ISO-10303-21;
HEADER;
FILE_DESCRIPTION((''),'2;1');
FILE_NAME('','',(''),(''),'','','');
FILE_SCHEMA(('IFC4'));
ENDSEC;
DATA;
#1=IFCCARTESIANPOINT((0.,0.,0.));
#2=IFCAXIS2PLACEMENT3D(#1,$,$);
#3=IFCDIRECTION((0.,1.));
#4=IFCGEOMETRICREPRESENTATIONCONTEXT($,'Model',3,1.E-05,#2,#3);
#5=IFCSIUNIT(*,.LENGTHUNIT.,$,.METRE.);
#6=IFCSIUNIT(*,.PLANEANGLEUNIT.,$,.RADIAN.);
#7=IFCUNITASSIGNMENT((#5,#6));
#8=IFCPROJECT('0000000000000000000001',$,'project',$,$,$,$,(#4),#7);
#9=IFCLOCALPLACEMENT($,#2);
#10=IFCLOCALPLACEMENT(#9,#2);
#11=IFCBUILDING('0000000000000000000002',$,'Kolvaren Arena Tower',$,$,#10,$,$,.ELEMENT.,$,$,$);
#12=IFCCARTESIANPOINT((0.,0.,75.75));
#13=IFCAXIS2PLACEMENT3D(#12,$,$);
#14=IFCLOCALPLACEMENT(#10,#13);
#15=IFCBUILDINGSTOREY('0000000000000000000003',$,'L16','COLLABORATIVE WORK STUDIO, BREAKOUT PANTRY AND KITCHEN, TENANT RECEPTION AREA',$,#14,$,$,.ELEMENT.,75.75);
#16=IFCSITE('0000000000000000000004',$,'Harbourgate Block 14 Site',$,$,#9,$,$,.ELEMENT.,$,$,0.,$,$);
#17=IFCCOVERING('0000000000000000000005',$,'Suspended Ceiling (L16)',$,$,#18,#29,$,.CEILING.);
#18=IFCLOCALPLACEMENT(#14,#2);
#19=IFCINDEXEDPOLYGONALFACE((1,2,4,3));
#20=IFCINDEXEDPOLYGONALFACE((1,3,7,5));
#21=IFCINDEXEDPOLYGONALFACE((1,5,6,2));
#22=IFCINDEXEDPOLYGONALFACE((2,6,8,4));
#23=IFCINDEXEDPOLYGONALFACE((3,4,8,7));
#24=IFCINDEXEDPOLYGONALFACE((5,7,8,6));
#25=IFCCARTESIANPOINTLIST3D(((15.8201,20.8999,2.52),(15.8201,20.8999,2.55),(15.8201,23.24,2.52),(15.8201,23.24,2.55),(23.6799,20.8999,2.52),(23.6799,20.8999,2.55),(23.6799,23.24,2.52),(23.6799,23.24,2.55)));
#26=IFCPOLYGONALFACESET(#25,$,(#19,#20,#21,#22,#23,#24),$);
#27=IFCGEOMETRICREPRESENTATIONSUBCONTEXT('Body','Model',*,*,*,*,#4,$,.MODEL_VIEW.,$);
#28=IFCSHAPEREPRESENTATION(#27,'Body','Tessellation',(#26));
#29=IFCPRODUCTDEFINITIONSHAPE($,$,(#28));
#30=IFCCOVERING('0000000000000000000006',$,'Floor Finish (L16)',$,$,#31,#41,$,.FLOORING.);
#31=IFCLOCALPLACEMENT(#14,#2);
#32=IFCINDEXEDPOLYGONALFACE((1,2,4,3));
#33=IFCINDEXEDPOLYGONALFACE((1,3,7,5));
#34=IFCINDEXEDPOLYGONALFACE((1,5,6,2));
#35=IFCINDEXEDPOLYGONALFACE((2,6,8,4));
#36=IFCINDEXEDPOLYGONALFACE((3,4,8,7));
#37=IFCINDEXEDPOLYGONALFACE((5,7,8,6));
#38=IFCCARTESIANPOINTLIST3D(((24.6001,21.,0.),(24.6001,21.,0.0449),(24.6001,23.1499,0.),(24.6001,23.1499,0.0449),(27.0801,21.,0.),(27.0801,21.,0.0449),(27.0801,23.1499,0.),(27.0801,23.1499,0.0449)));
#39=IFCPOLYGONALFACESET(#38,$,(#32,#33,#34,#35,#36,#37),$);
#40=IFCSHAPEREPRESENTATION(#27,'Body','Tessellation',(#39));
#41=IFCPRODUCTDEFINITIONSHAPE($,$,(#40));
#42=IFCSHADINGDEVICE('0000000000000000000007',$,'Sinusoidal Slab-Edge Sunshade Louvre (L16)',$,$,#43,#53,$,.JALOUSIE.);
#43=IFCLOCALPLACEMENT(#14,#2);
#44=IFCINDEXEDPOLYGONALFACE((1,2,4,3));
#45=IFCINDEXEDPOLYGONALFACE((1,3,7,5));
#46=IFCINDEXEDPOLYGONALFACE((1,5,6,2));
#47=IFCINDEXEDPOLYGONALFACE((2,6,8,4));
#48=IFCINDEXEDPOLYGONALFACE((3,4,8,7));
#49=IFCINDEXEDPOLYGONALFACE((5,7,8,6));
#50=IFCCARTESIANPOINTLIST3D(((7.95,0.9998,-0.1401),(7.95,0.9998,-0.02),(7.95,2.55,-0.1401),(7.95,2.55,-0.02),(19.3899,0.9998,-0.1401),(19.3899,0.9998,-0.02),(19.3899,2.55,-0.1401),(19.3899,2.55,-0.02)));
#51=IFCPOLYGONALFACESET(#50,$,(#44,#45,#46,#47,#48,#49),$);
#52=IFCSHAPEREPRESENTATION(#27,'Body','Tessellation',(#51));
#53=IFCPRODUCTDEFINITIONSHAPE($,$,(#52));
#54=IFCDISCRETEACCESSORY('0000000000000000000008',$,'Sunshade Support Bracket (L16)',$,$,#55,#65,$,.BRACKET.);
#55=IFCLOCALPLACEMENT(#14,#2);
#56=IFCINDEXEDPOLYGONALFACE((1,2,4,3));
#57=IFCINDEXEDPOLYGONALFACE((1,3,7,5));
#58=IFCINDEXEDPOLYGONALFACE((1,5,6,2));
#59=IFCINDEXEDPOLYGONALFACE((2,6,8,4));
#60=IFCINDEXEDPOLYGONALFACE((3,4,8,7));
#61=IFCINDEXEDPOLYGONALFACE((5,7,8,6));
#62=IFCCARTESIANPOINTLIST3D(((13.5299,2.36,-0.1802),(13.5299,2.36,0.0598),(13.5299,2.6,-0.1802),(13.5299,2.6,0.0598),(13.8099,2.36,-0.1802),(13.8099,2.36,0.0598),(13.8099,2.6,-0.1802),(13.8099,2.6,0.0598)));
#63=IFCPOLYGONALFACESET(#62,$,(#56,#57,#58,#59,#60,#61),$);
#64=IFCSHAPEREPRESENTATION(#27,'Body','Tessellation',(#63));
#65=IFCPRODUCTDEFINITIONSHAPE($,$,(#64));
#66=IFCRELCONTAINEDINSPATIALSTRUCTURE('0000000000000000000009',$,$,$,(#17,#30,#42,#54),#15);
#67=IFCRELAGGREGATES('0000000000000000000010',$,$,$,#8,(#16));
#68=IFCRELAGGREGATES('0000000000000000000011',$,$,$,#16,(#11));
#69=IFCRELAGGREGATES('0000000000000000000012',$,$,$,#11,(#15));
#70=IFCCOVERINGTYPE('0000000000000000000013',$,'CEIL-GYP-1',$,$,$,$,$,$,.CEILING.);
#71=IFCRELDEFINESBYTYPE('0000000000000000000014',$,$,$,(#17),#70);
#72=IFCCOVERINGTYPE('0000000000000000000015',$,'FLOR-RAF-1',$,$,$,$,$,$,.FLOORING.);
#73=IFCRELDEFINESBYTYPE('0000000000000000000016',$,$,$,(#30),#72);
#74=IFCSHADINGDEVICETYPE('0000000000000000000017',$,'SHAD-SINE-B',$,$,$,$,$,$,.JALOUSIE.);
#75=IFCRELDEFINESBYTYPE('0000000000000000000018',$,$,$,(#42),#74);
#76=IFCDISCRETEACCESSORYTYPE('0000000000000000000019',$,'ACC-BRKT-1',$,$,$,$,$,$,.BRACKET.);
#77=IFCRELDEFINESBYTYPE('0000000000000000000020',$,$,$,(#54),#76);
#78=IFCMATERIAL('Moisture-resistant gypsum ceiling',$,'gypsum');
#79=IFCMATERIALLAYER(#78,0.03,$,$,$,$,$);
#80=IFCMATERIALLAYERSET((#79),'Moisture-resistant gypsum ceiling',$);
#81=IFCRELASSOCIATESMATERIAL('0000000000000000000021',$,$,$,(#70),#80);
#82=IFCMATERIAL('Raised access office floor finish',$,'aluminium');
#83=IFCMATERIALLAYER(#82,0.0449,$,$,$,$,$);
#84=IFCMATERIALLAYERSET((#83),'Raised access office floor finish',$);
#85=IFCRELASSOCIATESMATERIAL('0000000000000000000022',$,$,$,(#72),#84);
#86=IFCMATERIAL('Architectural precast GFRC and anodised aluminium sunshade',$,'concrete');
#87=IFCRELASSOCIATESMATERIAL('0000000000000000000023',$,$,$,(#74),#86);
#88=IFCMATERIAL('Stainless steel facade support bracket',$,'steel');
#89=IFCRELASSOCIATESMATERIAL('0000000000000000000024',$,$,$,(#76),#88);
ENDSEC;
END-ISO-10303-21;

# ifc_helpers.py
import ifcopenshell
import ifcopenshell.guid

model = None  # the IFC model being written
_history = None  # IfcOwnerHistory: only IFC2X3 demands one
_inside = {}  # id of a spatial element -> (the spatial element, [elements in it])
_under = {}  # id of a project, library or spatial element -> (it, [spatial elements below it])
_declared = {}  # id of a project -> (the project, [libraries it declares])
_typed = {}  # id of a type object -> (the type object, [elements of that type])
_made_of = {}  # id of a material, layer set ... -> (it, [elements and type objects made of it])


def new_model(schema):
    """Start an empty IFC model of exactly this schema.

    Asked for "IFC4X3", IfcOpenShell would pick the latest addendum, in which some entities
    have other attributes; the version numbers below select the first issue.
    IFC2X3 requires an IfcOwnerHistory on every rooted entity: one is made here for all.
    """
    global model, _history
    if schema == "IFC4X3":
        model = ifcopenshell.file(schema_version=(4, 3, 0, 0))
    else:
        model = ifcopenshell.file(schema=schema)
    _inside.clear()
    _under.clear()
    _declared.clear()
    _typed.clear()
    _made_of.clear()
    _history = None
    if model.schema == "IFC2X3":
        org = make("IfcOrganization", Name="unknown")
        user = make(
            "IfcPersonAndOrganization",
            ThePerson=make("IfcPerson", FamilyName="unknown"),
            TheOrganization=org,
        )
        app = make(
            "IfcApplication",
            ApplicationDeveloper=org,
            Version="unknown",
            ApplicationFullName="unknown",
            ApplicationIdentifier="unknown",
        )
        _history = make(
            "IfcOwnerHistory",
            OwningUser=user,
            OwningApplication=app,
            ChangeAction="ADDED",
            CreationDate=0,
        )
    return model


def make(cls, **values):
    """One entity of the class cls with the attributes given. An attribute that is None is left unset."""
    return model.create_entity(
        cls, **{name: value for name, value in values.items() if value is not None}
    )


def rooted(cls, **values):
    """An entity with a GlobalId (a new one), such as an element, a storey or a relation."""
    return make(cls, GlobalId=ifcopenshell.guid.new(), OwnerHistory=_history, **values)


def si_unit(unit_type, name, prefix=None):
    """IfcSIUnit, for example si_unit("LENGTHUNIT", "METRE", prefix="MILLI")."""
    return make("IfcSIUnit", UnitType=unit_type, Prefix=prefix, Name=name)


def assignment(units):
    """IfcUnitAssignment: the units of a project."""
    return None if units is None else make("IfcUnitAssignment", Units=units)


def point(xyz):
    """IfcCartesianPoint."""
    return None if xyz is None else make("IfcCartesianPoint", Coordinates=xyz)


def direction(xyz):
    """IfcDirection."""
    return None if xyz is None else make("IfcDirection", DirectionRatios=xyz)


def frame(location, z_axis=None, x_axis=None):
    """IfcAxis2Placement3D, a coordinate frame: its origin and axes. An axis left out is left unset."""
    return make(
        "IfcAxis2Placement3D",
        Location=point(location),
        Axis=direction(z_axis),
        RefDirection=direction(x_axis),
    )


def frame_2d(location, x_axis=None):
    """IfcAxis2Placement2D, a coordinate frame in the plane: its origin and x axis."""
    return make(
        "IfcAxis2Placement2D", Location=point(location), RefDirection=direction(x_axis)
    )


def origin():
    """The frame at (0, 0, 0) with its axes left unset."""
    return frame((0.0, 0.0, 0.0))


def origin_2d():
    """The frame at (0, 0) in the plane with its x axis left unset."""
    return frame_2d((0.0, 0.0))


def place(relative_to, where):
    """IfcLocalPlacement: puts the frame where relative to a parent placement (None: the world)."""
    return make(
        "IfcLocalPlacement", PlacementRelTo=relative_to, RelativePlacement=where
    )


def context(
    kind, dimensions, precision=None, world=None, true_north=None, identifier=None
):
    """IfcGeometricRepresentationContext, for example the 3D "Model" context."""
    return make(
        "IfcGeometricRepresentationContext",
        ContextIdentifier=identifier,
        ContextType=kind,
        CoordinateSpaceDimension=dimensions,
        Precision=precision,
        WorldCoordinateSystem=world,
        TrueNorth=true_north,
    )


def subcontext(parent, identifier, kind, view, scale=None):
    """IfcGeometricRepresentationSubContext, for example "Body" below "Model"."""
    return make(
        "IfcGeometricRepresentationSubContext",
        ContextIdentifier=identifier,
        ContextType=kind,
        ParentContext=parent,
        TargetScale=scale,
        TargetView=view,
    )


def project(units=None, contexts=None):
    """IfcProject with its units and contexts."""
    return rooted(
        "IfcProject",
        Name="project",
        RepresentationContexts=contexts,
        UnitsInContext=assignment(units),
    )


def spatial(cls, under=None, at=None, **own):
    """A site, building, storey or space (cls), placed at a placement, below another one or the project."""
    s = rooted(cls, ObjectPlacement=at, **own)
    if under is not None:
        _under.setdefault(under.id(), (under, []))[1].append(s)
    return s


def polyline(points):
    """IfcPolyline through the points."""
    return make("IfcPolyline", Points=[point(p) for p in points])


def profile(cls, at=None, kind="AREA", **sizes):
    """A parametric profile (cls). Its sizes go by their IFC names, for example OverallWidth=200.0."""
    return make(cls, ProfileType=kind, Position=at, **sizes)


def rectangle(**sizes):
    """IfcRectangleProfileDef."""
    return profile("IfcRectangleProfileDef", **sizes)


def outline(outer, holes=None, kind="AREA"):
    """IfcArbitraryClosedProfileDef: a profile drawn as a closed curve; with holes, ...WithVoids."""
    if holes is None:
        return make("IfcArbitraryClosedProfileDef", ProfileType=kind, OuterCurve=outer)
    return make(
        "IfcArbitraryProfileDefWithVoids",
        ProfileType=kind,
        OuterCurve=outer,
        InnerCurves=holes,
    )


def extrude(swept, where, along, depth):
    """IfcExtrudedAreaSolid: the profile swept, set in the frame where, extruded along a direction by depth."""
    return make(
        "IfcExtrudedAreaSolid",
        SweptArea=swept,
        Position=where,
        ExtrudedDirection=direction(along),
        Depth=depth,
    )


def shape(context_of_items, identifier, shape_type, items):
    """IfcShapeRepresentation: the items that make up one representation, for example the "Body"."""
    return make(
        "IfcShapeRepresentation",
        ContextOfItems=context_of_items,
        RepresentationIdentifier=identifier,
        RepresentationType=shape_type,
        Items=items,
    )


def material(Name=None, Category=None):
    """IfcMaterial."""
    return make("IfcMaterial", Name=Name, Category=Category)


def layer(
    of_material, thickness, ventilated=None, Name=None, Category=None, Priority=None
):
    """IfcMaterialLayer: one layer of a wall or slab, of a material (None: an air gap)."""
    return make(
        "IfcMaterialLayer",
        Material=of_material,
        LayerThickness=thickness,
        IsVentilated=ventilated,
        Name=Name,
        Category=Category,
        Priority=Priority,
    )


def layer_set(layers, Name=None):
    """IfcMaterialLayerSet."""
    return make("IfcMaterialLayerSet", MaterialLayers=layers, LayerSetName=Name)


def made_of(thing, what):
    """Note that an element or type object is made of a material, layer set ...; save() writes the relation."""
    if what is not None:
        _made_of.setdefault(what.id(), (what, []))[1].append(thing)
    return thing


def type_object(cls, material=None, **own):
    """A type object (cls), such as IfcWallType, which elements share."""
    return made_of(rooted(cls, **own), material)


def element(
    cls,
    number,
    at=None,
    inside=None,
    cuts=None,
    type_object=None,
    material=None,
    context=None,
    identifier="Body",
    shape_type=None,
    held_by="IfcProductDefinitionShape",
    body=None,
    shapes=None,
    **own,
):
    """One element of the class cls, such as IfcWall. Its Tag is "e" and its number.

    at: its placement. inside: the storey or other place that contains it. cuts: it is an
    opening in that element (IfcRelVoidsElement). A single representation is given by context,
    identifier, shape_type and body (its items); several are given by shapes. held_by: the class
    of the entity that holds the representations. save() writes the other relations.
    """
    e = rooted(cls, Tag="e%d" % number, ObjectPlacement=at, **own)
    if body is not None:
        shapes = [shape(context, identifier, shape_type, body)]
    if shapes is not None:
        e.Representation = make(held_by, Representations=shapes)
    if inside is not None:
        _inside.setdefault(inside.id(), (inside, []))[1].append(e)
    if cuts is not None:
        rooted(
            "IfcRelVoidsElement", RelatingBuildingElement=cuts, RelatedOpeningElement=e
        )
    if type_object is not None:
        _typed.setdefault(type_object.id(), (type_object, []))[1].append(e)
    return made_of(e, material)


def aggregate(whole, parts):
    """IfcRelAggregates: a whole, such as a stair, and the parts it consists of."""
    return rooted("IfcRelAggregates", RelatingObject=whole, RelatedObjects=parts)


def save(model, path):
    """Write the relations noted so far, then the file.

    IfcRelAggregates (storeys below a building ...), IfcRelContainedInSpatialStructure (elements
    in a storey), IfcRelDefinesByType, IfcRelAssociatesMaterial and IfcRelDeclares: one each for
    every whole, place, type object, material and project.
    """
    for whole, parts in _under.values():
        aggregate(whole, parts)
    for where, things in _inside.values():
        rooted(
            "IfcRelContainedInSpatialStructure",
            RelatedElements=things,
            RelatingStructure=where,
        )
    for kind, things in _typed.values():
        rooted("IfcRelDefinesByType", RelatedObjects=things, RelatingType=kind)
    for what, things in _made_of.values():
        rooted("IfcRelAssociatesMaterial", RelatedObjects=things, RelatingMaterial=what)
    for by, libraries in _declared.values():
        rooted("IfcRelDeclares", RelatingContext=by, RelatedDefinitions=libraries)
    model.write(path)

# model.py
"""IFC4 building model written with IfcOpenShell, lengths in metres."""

from ifc_helpers import new_model, si_unit, direction, frame, origin, origin_2d, place, context, subcontext, project, spatial, polyline, rectangle, outline, extrude, material, layer, layer_set, type_object, element, save


model = new_model("IFC4")

# Units and contexts
model_context = context("Model", 3, precision=1e-05, world=origin(), true_north=direction((0.0, 1.0)))
body_context = subcontext(model_context, "Body", "Model", "MODEL_VIEW")
ifc_project = project(units=[si_unit("LENGTHUNIT", "METRE"), si_unit("PLANEANGLEUNIT", "RADIAN")], contexts=[model_context])

# Site, building, storey
site_placement = place(None, origin())
site = spatial("IfcSite", under=ifc_project, at=site_placement, Name="Harbourgate Block 14 Site", CompositionType="ELEMENT", RefElevation=0.0)
building_placement = place(site_placement, origin())
building = spatial("IfcBuilding", under=site, at=building_placement, Name="Kolvaren Arena Tower", CompositionType="ELEMENT")
storey_placement = place(building_placement, frame((0.0, 0.0, 75.75)))
storey = spatial("IfcBuildingStorey", under=building, at=storey_placement, Name="L16", Description="COLLABORATIVE WORK STUDIO, BREAKOUT PANTRY AND KITCHEN, TENANT RECEPTION AREA", CompositionType="ELEMENT", Elevation=75.75)

# Coverings
ifc_material_1 = material(Name="Moisture-resistant gypsum ceiling", Category="gypsum")
ifc_layer_1 = layer(ifc_material_1, 0.03)
ifc_layer_set_1 = layer_set([ifc_layer_1], Name="Moisture-resistant gypsum ceiling")
covering_type_1 = type_object("IfcCoveringType", Name="CEIL-GYP-1", PredefinedType="CEILING", material=ifc_layer_set_1)
covering_1_placement = place(storey_placement, frame((0.0, 0.0, 2.52)))
element("IfcCovering", 1, at=covering_1_placement, inside=storey, type_object=covering_type_1, Name="Suspended Ceiling (L16)", PredefinedType="CEILING", context=body_context, shape_type="SweptSolid", body=[
    extrude(outline(polyline([(15.8201, 20.8999), (15.8201, 23.24), (23.6799, 23.24), (23.6799, 20.8999), (15.8201, 20.8999)])), origin(), (0.0, 0.0, 1.0), 0.03),
])
ifc_material_2 = material(Name="Raised access office floor finish", Category="aluminium")
ifc_layer_2 = layer(ifc_material_2, 0.0449)
ifc_layer_set_2 = layer_set([ifc_layer_2], Name="Raised access office floor finish")
covering_type_2 = type_object("IfcCoveringType", Name="FLOR-RAF-1", PredefinedType="FLOORING", material=ifc_layer_set_2)
covering_2_placement = place(storey_placement, origin())
element("IfcCovering", 2, at=covering_2_placement, inside=storey, type_object=covering_type_2, Name="Floor Finish (L16)", PredefinedType="FLOORING", context=body_context, shape_type="SweptSolid", body=[
    extrude(outline(polyline([(24.6001, 21.0), (24.6001, 23.1499), (27.0801, 23.1499), (27.0801, 21.0), (24.6001, 21.0)])), origin(), (0.0, 0.0, 1.0), 0.0449),
])

# Shading device
ifc_material_3 = material(Name="Architectural precast GFRC and anodised aluminium sunshade", Category="concrete")
shading_device_type = type_object("IfcShadingDeviceType", Name="SHAD-SINE-B", PredefinedType="JALOUSIE", material=ifc_material_3)
shading_device_placement = place(storey_placement, frame((13.6699, 1.7749, -0.1401), z_axis=(0.0, 0.0, 1.0), x_axis=(-1.0, 0.0, 0.0)))
element("IfcShadingDevice", 3, at=shading_device_placement, inside=storey, type_object=shading_device_type, Name="Sinusoidal Slab-Edge Sunshade Louvre (L16)", PredefinedType="JALOUSIE", context=body_context, shape_type="SweptSolid", body=[
    extrude(rectangle(XDim=11.4399, YDim=1.5503, at=origin_2d()), origin(), (0.0, 0.0, 1.0), 0.1201),
])

# Discrete accessory
ifc_material_4 = material(Name="Stainless steel facade support bracket", Category="steel")
discrete_accessory_type = type_object("IfcDiscreteAccessoryType", Name="ACC-BRKT-1", PredefinedType="BRACKET", material=ifc_material_4)
discrete_accessory_placement = place(storey_placement, frame((13.6699, 2.48, -0.1802), z_axis=(0.0, 0.0, 1.0), x_axis=(-1.0, 0.0, 0.0)))
element("IfcDiscreteAccessory", 4, at=discrete_accessory_placement, inside=storey, type_object=discrete_accessory_type, Name="Sunshade Support Bracket (L16)", PredefinedType="BRACKET", context=body_context, shape_type="SweptSolid", body=[
    extrude(rectangle(XDim=0.28, YDim=0.24, at=origin_2d()), origin(), (0.0, 0.0, 1.0), 0.24),
])

save(model, "model.ifc")
